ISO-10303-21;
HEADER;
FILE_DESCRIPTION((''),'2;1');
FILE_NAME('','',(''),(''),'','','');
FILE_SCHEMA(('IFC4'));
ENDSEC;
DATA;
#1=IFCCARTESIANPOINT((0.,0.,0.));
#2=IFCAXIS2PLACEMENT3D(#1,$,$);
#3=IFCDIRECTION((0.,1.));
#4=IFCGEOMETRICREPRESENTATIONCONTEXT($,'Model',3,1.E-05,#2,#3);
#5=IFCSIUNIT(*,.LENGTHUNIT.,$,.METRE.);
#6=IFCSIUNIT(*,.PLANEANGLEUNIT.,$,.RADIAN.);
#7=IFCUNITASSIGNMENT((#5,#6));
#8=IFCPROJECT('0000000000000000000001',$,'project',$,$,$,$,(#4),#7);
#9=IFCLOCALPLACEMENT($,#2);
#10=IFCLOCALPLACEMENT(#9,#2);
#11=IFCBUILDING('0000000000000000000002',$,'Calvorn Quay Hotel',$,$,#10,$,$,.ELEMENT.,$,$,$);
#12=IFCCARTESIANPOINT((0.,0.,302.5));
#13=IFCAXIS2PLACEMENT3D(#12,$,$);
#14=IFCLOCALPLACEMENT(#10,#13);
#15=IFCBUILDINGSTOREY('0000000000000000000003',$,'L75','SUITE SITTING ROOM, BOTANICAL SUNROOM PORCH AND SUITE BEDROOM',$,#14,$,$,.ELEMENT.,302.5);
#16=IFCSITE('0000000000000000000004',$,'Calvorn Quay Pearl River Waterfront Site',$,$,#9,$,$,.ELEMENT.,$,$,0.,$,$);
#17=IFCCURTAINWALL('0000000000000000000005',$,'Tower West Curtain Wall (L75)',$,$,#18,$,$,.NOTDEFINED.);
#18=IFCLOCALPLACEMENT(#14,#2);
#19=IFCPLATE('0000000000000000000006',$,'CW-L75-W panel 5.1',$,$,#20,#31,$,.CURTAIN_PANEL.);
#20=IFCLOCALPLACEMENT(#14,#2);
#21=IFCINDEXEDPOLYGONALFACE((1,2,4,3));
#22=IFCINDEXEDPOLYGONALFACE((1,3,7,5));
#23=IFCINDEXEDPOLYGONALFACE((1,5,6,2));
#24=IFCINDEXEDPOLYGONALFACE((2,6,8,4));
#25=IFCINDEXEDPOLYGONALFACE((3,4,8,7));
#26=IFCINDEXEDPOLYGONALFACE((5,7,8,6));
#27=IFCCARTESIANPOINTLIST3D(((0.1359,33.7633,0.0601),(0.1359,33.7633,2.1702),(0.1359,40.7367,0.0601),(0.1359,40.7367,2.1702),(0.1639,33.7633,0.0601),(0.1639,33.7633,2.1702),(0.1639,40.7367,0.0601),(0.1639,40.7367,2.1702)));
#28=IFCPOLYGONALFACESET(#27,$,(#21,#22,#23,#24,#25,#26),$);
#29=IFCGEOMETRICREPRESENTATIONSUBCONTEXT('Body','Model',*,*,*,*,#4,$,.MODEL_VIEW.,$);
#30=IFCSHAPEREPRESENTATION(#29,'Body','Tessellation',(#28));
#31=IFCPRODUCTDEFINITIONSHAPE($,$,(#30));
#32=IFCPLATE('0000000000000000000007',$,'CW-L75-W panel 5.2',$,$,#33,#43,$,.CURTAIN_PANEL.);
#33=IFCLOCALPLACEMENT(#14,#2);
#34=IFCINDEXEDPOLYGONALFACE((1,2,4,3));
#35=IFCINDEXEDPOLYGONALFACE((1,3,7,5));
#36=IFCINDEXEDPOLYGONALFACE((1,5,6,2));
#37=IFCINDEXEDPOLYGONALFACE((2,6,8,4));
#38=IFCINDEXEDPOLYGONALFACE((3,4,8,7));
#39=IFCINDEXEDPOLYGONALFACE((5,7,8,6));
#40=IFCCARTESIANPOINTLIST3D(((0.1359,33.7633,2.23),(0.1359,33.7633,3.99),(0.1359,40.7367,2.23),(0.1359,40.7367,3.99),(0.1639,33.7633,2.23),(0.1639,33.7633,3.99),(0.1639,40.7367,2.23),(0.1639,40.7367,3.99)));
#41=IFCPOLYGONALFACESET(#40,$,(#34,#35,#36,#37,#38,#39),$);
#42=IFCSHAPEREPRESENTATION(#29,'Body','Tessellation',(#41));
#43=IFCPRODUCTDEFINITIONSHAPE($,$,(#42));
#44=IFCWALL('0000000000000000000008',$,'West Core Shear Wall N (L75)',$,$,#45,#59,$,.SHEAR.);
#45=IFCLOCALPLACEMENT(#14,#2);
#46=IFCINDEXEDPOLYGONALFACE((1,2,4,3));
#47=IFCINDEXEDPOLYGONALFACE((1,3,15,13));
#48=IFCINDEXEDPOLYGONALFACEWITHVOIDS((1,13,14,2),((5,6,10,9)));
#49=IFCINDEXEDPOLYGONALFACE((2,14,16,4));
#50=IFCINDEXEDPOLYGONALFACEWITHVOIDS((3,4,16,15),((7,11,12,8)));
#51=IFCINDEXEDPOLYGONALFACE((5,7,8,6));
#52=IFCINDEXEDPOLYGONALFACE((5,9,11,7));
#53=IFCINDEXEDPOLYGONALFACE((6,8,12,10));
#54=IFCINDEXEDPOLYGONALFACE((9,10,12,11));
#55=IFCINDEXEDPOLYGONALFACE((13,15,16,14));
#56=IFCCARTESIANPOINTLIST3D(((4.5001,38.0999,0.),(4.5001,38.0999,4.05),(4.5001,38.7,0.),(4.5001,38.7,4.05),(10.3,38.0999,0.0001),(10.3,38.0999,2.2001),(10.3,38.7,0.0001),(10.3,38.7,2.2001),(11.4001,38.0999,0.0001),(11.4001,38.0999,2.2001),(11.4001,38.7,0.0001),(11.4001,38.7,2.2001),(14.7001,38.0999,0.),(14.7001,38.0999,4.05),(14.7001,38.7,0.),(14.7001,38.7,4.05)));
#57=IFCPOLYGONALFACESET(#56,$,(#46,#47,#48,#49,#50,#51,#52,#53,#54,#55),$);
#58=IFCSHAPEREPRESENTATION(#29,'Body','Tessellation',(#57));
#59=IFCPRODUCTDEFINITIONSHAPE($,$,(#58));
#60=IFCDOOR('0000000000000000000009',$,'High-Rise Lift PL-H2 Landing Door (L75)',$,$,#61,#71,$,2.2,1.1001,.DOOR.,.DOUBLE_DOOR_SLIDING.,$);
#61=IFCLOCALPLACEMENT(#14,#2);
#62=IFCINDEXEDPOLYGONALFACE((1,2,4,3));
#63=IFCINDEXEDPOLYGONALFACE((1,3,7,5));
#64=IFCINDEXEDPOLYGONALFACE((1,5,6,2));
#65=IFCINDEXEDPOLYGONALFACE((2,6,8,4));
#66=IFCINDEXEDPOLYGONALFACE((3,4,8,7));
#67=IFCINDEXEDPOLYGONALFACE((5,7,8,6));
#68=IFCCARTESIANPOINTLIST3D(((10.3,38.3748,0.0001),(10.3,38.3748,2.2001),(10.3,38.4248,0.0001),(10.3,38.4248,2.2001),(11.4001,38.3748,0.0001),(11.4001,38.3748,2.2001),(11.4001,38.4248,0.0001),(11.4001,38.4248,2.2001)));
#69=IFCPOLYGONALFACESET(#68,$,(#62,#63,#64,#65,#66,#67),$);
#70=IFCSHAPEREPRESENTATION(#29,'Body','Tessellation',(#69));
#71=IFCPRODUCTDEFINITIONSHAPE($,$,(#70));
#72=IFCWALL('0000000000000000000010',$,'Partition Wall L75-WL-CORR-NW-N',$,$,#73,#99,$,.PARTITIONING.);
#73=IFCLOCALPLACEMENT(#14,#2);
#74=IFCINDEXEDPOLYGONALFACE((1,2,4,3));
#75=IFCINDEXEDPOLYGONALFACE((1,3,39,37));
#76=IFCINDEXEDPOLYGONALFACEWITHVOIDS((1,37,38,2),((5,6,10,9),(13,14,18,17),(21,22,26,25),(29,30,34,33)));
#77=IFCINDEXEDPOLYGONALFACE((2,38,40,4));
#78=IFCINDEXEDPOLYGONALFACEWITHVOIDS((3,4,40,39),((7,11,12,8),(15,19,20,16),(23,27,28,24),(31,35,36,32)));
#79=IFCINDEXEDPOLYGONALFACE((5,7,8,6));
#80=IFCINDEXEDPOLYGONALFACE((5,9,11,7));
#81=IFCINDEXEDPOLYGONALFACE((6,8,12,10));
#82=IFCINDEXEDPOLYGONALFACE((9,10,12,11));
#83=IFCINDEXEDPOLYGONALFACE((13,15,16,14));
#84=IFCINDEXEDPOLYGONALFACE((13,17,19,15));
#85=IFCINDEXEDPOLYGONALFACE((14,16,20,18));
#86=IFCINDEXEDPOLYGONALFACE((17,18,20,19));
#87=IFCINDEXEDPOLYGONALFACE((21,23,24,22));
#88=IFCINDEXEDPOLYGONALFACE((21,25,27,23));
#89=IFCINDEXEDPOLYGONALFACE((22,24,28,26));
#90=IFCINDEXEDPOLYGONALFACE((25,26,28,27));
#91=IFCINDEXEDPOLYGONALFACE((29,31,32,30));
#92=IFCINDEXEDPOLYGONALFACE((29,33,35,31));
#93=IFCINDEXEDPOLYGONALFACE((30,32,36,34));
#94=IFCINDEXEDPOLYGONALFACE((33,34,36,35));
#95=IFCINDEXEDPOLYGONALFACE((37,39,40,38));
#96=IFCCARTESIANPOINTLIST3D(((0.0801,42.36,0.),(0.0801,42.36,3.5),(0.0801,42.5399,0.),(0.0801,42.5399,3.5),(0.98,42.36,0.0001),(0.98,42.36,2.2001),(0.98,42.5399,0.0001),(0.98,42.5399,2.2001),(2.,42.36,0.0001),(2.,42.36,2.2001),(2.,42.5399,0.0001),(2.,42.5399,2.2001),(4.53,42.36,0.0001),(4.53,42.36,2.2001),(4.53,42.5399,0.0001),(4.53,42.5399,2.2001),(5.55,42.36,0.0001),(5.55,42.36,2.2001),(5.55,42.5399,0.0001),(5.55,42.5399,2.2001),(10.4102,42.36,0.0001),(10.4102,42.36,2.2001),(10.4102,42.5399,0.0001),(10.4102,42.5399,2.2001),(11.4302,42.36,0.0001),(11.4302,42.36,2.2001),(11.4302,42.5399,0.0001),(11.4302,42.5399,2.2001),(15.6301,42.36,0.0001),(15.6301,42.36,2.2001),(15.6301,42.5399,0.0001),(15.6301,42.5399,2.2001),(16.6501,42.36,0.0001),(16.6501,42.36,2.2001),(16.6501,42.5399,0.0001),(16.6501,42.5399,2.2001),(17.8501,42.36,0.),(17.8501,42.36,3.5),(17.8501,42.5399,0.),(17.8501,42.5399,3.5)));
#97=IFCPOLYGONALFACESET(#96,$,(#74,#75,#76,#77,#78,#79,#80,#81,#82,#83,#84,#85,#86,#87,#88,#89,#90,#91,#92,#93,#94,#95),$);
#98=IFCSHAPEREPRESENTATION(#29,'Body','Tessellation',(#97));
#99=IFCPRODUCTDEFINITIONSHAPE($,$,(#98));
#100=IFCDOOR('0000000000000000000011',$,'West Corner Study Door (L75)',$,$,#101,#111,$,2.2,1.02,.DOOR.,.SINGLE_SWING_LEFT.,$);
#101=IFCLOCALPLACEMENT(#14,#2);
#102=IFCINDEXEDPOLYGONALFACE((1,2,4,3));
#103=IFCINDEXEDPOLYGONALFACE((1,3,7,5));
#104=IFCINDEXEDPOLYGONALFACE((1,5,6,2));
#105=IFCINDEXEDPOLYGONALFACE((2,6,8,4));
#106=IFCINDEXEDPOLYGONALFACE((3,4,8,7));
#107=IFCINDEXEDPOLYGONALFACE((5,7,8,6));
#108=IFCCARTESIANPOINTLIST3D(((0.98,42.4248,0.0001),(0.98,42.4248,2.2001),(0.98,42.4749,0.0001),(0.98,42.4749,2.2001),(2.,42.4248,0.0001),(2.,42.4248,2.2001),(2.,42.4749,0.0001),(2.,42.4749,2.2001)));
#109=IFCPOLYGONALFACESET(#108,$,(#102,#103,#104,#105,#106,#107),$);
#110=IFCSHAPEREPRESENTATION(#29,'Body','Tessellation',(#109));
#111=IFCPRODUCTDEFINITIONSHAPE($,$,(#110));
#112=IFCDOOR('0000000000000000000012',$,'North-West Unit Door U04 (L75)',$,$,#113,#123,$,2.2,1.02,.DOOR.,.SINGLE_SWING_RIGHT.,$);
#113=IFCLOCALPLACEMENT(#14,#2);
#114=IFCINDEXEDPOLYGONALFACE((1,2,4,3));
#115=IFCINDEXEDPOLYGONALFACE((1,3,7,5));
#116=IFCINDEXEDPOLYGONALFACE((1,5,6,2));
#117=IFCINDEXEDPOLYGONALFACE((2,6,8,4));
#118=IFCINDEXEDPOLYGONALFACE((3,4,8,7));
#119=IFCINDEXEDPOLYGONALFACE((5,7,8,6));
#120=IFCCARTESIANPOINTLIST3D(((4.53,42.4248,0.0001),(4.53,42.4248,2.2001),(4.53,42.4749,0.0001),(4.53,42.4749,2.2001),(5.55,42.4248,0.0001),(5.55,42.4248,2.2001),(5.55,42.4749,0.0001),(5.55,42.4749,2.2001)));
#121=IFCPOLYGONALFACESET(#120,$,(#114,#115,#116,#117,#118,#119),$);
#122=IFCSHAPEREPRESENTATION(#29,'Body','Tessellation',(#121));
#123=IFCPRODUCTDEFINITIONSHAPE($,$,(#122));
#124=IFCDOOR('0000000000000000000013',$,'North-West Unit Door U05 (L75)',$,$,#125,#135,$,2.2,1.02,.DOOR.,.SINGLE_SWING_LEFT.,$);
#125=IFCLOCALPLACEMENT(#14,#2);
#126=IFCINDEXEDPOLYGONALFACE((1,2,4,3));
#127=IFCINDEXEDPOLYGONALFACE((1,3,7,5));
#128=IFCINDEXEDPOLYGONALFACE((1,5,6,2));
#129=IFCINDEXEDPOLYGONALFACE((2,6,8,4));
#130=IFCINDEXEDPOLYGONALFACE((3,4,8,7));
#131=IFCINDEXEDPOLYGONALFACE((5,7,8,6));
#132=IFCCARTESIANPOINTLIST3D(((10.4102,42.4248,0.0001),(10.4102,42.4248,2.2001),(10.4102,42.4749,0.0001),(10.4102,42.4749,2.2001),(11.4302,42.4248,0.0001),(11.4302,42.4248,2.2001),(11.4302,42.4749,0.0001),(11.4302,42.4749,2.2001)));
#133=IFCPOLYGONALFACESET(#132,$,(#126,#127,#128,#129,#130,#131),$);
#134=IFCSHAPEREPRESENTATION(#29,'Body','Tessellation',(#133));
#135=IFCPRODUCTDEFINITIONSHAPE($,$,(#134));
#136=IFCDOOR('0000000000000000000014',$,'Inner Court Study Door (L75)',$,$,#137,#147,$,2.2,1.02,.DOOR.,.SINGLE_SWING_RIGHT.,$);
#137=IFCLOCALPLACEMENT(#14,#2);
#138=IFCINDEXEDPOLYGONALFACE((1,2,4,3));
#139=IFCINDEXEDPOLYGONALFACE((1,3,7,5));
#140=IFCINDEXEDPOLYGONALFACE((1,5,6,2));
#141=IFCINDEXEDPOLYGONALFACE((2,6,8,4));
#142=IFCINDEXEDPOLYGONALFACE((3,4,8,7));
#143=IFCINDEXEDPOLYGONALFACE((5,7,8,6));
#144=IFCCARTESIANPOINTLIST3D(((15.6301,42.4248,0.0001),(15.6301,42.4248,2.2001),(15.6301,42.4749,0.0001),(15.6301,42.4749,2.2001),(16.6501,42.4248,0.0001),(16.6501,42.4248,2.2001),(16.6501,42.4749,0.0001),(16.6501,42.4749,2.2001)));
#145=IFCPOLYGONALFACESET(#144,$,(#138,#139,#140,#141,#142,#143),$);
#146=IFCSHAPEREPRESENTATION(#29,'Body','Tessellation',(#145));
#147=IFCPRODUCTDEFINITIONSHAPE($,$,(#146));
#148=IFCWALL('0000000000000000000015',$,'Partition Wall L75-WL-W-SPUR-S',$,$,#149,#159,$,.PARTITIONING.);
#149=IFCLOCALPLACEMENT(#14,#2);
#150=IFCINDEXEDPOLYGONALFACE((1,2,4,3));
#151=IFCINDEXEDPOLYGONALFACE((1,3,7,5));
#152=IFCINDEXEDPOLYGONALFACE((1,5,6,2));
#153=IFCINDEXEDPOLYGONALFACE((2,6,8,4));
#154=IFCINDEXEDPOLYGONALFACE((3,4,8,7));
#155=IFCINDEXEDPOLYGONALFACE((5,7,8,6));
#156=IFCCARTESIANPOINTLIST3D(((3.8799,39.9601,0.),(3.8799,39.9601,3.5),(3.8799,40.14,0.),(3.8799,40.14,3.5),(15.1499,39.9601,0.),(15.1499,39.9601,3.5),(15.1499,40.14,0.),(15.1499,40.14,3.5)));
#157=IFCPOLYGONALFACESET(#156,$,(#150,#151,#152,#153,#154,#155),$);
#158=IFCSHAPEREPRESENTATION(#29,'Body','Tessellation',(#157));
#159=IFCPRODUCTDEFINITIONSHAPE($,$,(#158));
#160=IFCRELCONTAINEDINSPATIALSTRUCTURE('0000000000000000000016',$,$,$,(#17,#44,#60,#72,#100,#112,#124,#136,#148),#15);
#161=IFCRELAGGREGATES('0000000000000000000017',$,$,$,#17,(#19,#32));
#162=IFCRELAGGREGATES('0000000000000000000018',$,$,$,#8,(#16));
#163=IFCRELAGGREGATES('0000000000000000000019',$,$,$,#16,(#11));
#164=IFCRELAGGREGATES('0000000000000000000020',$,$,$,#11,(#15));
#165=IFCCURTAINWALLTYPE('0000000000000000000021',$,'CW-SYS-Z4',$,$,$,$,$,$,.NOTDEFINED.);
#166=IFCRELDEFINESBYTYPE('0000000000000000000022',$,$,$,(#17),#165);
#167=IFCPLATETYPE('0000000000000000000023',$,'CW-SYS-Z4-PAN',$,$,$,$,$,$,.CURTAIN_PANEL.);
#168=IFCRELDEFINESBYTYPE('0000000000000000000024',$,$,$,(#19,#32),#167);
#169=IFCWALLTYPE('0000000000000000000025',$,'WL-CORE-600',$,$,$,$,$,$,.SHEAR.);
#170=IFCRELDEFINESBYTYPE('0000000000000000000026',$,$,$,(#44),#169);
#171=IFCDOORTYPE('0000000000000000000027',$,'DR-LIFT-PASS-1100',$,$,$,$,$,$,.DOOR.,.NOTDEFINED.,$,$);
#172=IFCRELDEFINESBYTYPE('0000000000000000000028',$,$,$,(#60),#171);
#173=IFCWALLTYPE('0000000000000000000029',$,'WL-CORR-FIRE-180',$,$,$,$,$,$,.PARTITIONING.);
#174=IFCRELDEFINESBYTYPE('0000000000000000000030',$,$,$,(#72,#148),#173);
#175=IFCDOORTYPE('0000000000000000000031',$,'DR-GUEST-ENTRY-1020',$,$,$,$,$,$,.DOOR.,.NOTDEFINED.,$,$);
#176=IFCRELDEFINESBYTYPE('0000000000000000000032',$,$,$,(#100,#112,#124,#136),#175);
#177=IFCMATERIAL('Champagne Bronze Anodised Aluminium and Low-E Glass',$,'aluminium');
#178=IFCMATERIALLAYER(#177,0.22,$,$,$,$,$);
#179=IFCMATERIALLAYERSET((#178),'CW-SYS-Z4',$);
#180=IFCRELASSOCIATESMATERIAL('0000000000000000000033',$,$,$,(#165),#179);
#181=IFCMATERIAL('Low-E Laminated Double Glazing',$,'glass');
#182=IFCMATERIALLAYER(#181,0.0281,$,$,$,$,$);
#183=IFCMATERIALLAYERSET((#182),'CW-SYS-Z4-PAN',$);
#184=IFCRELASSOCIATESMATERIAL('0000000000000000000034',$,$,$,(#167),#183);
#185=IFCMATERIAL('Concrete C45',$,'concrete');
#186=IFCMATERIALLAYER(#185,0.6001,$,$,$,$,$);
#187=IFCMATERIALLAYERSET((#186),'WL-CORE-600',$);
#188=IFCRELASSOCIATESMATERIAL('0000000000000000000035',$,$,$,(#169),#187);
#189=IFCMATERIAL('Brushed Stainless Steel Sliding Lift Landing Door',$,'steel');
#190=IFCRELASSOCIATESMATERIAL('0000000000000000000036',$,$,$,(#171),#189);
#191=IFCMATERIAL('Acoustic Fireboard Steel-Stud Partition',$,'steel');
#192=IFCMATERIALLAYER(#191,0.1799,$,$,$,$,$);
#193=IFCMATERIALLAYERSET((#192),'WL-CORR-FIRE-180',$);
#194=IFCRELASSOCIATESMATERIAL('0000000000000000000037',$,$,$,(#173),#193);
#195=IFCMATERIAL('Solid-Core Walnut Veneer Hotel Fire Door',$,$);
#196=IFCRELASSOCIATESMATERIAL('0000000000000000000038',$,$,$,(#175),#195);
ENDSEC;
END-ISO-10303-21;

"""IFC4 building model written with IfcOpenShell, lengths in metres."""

from ifc_helpers import new_model, si_unit, direction, frame, frame_2d, origin, origin_2d, place, context, subcontext, project, spatial, rectangle, extrude, material, layer, layer_set, type_object, element, fill, aggregate, save


model = new_model("IFC4")

# Units and contexts
model_context = context("Model", 3, precision=1e-05, world=origin(), true_north=direction((0.0, 1.0)))
body_context = subcontext(model_context, "Body", "Model", "MODEL_VIEW")
ifc_project = project(units=[si_unit("LENGTHUNIT", "METRE"), si_unit("PLANEANGLEUNIT", "RADIAN")], contexts=[model_context])

# Site, building, storey
site_placement = place(None, origin())
site = spatial("IfcSite", under=ifc_project, at=site_placement, Name="Calvorn Quay Pearl River Waterfront Site", CompositionType="ELEMENT", RefElevation=0.0)
building_placement = place(site_placement, origin())
building = spatial("IfcBuilding", under=site, at=building_placement, Name="Calvorn Quay Hotel", CompositionType="ELEMENT")
storey_placement = place(building_placement, frame((0.0, 0.0, 302.5)))
storey = spatial("IfcBuildingStorey", under=building, at=storey_placement, Name="L75", Description="SUITE SITTING ROOM, BOTANICAL SUNROOM PORCH AND SUITE BEDROOM", CompositionType="ELEMENT", Elevation=302.5)

# Curtain wall, plates
ifc_material_1 = material(Name="Champagne Bronze Anodised Aluminium and Low-E Glass", Category="aluminium")
ifc_layer_1 = layer(ifc_material_1, 0.22)
ifc_layer_set_1 = layer_set([ifc_layer_1], Name="CW-SYS-Z4")
curtain_wall_type = type_object("IfcCurtainWallType", Name="CW-SYS-Z4", PredefinedType="NOTDEFINED", material=ifc_layer_set_1)
curtain_wall_placement = place(storey_placement, origin())
curtain_wall = element("IfcCurtainWall", 1, at=curtain_wall_placement, inside=storey, type_object=curtain_wall_type, Name="Tower West Curtain Wall (L75)", PredefinedType="NOTDEFINED")
ifc_material_2 = material(Name="Low-E Laminated Double Glazing", Category="glass")
ifc_layer_2 = layer(ifc_material_2, 0.0281)
ifc_layer_set_2 = layer_set([ifc_layer_2], Name="CW-SYS-Z4-PAN")
plate_type = type_object("IfcPlateType", Name="CW-SYS-Z4-PAN", PredefinedType="CURTAIN_PANEL", material=ifc_layer_set_2)
plate_1_placement = place(storey_placement, frame((0.1499, 37.25, 0.0601), z_axis=(0.0, 0.0, 1.0), x_axis=(0.0, 1.0, 0.0)))
plate_1 = element("IfcPlate", 2, at=plate_1_placement, type_object=plate_type, Name="CW-L75-W panel 5.1", PredefinedType="CURTAIN_PANEL", context=body_context, shape_type="SweptSolid", body=[
    extrude(rectangle(XDim=6.9734, YDim=0.0281, at=origin_2d()), origin(), (0.0, 0.0, 1.0), 2.1101),
])
plate_2_placement = place(storey_placement, frame((0.1499, 37.25, 2.23), z_axis=(0.0, 0.0, 1.0), x_axis=(0.0, 1.0, 0.0)))
plate_2 = element("IfcPlate", 3, at=plate_2_placement, type_object=plate_type, Name="CW-L75-W panel 5.2", PredefinedType="CURTAIN_PANEL", context=body_context, shape_type="SweptSolid", body=[
    extrude(rectangle(XDim=6.9734, YDim=0.0281, at=origin_2d()), origin(), (0.0, 0.0, 1.0), 1.76),
])
aggregate(curtain_wall, [plate_1, plate_2])

# Wall, opening, door
ifc_material_3 = material(Name="Concrete C45", Category="concrete")
ifc_layer_3 = layer(ifc_material_3, 0.6001)
ifc_layer_set_3 = layer_set([ifc_layer_3], Name="WL-CORE-600")
wall_type_1 = type_object("IfcWallType", Name="WL-CORE-600", PredefinedType="SHEAR", material=ifc_layer_set_3)
wall_1_placement = place(storey_placement, frame((4.5, 38.3999, 0.0), z_axis=(0.0, 0.0, 1.0), x_axis=(1.0, 0.0, 0.0)))
wall_1 = element("IfcWall", 4, at=wall_1_placement, inside=storey, type_object=wall_type_1, Name="West Core Shear Wall N (L75)", PredefinedType="SHEAR", context=body_context, shape_type="SweptSolid", body=[
    extrude(rectangle(XDim=10.2, YDim=0.6001, at=frame_2d((5.1001, 0.0))), origin(), (0.0, 0.0, 1.0), 4.05),
])
opening_1_placement = place(wall_1_placement, frame((5.8, 0.0, 0.0)))
opening_1 = element("IfcOpeningElement", 5, at=opening_1_placement, cuts=wall_1, PredefinedType="OPENING", context=body_context, shape_type="SweptSolid", body=[
    extrude(rectangle(XDim=1.1001, YDim=2.2, at=frame_2d((0.55, 1.1001))), frame((0.0, 0.3101, 0.0), z_axis=(0.0, -1.0, 0.0), x_axis=(1.0, 0.0, 0.0)), (0.0, 0.0, 1.0), 0.6201),
])
ifc_material_4 = material(Name="Brushed Stainless Steel Sliding Lift Landing Door", Category="steel")
door_type_1 = type_object("IfcDoorType", Name="DR-LIFT-PASS-1100", OperationType="NOTDEFINED", PredefinedType="DOOR", material=ifc_material_4)
door_1_placement = place(opening_1_placement, origin())
door_1 = element("IfcDoor", 6, at=door_1_placement, inside=storey, type_object=door_type_1, Name="High-Rise Lift PL-H2 Landing Door (L75)", OperationType="DOUBLE_DOOR_SLIDING", OverallHeight=2.2, OverallWidth=1.1001, PredefinedType="DOOR", context=body_context, shape_type="SweptSolid", body=[
    extrude(rectangle(XDim=1.1001, YDim=2.2, at=frame_2d((0.55, 1.1001))), frame((0.0, 0.0249, 0.0), z_axis=(0.0, -1.0, 0.0), x_axis=(1.0, 0.0, 0.0)), (0.0, 0.0, 1.0), 0.05),
])
fill(opening_1, door_1)
ifc_material_5 = material(Name="Acoustic Fireboard Steel-Stud Partition", Category="steel")
ifc_layer_4 = layer(ifc_material_5, 0.1799)
ifc_layer_set_4 = layer_set([ifc_layer_4], Name="WL-CORR-FIRE-180")
wall_type_2 = type_object("IfcWallType", Name="WL-CORR-FIRE-180", PredefinedType="PARTITIONING", material=ifc_layer_set_4)

# Wall, openings, doors
wall_2_placement = place(storey_placement, frame((0.0801, 42.45, 0.0), z_axis=(0.0, 0.0, 1.0), x_axis=(1.0, 0.0, 0.0)))
wall_2 = element("IfcWall", 7, at=wall_2_placement, inside=storey, type_object=wall_type_2, Name="Partition Wall L75-WL-CORR-NW-N", PredefinedType="PARTITIONING", context=body_context, shape_type="SweptSolid", body=[
    extrude(rectangle(XDim=17.77, YDim=0.1799, at=frame_2d((8.885, 0.0))), origin(), (0.0, 0.0, 1.0), 3.5),
])
opening_2_placement = place(wall_2_placement, frame((0.8999, 0.0, 0.0)))
opening_2 = element("IfcOpeningElement", 8, at=opening_2_placement, cuts=wall_2, PredefinedType="OPENING", context=body_context, shape_type="SweptSolid", body=[
    extrude(rectangle(XDim=1.02, YDim=2.2, at=frame_2d((0.51, 1.1001))), frame((0.0, 0.0999, 0.0), z_axis=(0.0, -1.0, 0.0), x_axis=(1.0, 0.0, 0.0)), (0.0, 0.0, 1.0), 0.2),
])
opening_3_placement = place(wall_2_placement, frame((4.45, 0.0, 0.0)))
opening_3 = element("IfcOpeningElement", 9, at=opening_3_placement, cuts=wall_2, PredefinedType="OPENING", context=body_context, shape_type="SweptSolid", body=[
    extrude(rectangle(XDim=1.02, YDim=2.2, at=frame_2d((0.51, 1.1001))), frame((0.0, 0.0999, 0.0), z_axis=(0.0, -1.0, 0.0), x_axis=(1.0, 0.0, 0.0)), (0.0, 0.0, 1.0), 0.2),
])
opening_4_placement = place(wall_2_placement, frame((10.3301, 0.0, 0.0)))
opening_4 = element("IfcOpeningElement", 10, at=opening_4_placement, cuts=wall_2, PredefinedType="OPENING", context=body_context, shape_type="SweptSolid", body=[
    extrude(rectangle(XDim=1.02, YDim=2.2, at=frame_2d((0.51, 1.1001))), frame((0.0, 0.0999, 0.0), z_axis=(0.0, -1.0, 0.0), x_axis=(1.0, 0.0, 0.0)), (0.0, 0.0, 1.0), 0.2),
])
opening_5_placement = place(wall_2_placement, frame((15.55, 0.0, 0.0)))
opening_5 = element("IfcOpeningElement", 11, at=opening_5_placement, cuts=wall_2, PredefinedType="OPENING", context=body_context, shape_type="SweptSolid", body=[
    extrude(rectangle(XDim=1.02, YDim=2.2, at=frame_2d((0.51, 1.1001))), frame((0.0, 0.0999, 0.0), z_axis=(0.0, -1.0, 0.0), x_axis=(1.0, 0.0, 0.0)), (0.0, 0.0, 1.0), 0.2),
])
ifc_material_6 = material(Name="Solid-Core Walnut Veneer Hotel Fire Door")
door_type_2 = type_object("IfcDoorType", Name="DR-GUEST-ENTRY-1020", OperationType="NOTDEFINED", PredefinedType="DOOR", material=ifc_material_6)
door_2_placement = place(opening_2_placement, origin())
door_2 = element("IfcDoor", 12, at=door_2_placement, inside=storey, type_object=door_type_2, Name="West Corner Study Door (L75)", OperationType="SINGLE_SWING_LEFT", OverallHeight=2.2, OverallWidth=1.02, PredefinedType="DOOR", context=body_context, shape_type="SweptSolid", body=[
    extrude(rectangle(XDim=1.02, YDim=2.2, at=frame_2d((0.51, 1.1001))), frame((0.0, 0.0249, 0.0), z_axis=(0.0, -1.0, 0.0), x_axis=(1.0, 0.0, 0.0)), (0.0, 0.0, 1.0), 0.05),
])
fill(opening_2, door_2)
door_3_placement = place(opening_3_placement, origin())
door_3 = element("IfcDoor", 13, at=door_3_placement, inside=storey, type_object=door_type_2, Name="North-West Unit Door U04 (L75)", OperationType="SINGLE_SWING_RIGHT", OverallHeight=2.2, OverallWidth=1.02, PredefinedType="DOOR", context=body_context, shape_type="SweptSolid", body=[
    extrude(rectangle(XDim=1.02, YDim=2.2, at=frame_2d((0.51, 1.1001))), frame((0.0, 0.0249, 0.0), z_axis=(0.0, -1.0, 0.0), x_axis=(1.0, 0.0, 0.0)), (0.0, 0.0, 1.0), 0.05),
])
fill(opening_3, door_3)
door_4_placement = place(opening_4_placement, origin())
door_4 = element("IfcDoor", 14, at=door_4_placement, inside=storey, type_object=door_type_2, Name="North-West Unit Door U05 (L75)", OperationType="SINGLE_SWING_LEFT", OverallHeight=2.2, OverallWidth=1.02, PredefinedType="DOOR", context=body_context, shape_type="SweptSolid", body=[
    extrude(rectangle(XDim=1.02, YDim=2.2, at=frame_2d((0.51, 1.1001))), frame((0.0, 0.0249, 0.0), z_axis=(0.0, -1.0, 0.0), x_axis=(1.0, 0.0, 0.0)), (0.0, 0.0, 1.0), 0.05),
])
fill(opening_4, door_4)
door_5_placement = place(opening_5_placement, origin())
door_5 = element("IfcDoor", 15, at=door_5_placement, inside=storey, type_object=door_type_2, Name="Inner Court Study Door (L75)", OperationType="SINGLE_SWING_RIGHT", OverallHeight=2.2, OverallWidth=1.02, PredefinedType="DOOR", context=body_context, shape_type="SweptSolid", body=[
    extrude(rectangle(XDim=1.02, YDim=2.2, at=frame_2d((0.51, 1.1001))), frame((0.0, 0.0249, 0.0), z_axis=(0.0, -1.0, 0.0), x_axis=(1.0, 0.0, 0.0)), (0.0, 0.0, 1.0), 0.05),
])
fill(opening_5, door_5)

# Wall
wall_3_placement = place(storey_placement, frame((3.8799, 40.05, 0.0), z_axis=(0.0, 0.0, 1.0), x_axis=(1.0, 0.0, 0.0)))
element("IfcWall", 16, at=wall_3_placement, inside=storey, type_object=wall_type_2, Name="Partition Wall L75-WL-W-SPUR-S", PredefinedType="PARTITIONING", context=body_context, shape_type="SweptSolid", body=[
    extrude(rectangle(XDim=11.27, YDim=0.1799, at=frame_2d((5.635, 0.0))), origin(), (0.0, 0.0, 1.0), 3.5),
])

save(model, "model.ifc")
